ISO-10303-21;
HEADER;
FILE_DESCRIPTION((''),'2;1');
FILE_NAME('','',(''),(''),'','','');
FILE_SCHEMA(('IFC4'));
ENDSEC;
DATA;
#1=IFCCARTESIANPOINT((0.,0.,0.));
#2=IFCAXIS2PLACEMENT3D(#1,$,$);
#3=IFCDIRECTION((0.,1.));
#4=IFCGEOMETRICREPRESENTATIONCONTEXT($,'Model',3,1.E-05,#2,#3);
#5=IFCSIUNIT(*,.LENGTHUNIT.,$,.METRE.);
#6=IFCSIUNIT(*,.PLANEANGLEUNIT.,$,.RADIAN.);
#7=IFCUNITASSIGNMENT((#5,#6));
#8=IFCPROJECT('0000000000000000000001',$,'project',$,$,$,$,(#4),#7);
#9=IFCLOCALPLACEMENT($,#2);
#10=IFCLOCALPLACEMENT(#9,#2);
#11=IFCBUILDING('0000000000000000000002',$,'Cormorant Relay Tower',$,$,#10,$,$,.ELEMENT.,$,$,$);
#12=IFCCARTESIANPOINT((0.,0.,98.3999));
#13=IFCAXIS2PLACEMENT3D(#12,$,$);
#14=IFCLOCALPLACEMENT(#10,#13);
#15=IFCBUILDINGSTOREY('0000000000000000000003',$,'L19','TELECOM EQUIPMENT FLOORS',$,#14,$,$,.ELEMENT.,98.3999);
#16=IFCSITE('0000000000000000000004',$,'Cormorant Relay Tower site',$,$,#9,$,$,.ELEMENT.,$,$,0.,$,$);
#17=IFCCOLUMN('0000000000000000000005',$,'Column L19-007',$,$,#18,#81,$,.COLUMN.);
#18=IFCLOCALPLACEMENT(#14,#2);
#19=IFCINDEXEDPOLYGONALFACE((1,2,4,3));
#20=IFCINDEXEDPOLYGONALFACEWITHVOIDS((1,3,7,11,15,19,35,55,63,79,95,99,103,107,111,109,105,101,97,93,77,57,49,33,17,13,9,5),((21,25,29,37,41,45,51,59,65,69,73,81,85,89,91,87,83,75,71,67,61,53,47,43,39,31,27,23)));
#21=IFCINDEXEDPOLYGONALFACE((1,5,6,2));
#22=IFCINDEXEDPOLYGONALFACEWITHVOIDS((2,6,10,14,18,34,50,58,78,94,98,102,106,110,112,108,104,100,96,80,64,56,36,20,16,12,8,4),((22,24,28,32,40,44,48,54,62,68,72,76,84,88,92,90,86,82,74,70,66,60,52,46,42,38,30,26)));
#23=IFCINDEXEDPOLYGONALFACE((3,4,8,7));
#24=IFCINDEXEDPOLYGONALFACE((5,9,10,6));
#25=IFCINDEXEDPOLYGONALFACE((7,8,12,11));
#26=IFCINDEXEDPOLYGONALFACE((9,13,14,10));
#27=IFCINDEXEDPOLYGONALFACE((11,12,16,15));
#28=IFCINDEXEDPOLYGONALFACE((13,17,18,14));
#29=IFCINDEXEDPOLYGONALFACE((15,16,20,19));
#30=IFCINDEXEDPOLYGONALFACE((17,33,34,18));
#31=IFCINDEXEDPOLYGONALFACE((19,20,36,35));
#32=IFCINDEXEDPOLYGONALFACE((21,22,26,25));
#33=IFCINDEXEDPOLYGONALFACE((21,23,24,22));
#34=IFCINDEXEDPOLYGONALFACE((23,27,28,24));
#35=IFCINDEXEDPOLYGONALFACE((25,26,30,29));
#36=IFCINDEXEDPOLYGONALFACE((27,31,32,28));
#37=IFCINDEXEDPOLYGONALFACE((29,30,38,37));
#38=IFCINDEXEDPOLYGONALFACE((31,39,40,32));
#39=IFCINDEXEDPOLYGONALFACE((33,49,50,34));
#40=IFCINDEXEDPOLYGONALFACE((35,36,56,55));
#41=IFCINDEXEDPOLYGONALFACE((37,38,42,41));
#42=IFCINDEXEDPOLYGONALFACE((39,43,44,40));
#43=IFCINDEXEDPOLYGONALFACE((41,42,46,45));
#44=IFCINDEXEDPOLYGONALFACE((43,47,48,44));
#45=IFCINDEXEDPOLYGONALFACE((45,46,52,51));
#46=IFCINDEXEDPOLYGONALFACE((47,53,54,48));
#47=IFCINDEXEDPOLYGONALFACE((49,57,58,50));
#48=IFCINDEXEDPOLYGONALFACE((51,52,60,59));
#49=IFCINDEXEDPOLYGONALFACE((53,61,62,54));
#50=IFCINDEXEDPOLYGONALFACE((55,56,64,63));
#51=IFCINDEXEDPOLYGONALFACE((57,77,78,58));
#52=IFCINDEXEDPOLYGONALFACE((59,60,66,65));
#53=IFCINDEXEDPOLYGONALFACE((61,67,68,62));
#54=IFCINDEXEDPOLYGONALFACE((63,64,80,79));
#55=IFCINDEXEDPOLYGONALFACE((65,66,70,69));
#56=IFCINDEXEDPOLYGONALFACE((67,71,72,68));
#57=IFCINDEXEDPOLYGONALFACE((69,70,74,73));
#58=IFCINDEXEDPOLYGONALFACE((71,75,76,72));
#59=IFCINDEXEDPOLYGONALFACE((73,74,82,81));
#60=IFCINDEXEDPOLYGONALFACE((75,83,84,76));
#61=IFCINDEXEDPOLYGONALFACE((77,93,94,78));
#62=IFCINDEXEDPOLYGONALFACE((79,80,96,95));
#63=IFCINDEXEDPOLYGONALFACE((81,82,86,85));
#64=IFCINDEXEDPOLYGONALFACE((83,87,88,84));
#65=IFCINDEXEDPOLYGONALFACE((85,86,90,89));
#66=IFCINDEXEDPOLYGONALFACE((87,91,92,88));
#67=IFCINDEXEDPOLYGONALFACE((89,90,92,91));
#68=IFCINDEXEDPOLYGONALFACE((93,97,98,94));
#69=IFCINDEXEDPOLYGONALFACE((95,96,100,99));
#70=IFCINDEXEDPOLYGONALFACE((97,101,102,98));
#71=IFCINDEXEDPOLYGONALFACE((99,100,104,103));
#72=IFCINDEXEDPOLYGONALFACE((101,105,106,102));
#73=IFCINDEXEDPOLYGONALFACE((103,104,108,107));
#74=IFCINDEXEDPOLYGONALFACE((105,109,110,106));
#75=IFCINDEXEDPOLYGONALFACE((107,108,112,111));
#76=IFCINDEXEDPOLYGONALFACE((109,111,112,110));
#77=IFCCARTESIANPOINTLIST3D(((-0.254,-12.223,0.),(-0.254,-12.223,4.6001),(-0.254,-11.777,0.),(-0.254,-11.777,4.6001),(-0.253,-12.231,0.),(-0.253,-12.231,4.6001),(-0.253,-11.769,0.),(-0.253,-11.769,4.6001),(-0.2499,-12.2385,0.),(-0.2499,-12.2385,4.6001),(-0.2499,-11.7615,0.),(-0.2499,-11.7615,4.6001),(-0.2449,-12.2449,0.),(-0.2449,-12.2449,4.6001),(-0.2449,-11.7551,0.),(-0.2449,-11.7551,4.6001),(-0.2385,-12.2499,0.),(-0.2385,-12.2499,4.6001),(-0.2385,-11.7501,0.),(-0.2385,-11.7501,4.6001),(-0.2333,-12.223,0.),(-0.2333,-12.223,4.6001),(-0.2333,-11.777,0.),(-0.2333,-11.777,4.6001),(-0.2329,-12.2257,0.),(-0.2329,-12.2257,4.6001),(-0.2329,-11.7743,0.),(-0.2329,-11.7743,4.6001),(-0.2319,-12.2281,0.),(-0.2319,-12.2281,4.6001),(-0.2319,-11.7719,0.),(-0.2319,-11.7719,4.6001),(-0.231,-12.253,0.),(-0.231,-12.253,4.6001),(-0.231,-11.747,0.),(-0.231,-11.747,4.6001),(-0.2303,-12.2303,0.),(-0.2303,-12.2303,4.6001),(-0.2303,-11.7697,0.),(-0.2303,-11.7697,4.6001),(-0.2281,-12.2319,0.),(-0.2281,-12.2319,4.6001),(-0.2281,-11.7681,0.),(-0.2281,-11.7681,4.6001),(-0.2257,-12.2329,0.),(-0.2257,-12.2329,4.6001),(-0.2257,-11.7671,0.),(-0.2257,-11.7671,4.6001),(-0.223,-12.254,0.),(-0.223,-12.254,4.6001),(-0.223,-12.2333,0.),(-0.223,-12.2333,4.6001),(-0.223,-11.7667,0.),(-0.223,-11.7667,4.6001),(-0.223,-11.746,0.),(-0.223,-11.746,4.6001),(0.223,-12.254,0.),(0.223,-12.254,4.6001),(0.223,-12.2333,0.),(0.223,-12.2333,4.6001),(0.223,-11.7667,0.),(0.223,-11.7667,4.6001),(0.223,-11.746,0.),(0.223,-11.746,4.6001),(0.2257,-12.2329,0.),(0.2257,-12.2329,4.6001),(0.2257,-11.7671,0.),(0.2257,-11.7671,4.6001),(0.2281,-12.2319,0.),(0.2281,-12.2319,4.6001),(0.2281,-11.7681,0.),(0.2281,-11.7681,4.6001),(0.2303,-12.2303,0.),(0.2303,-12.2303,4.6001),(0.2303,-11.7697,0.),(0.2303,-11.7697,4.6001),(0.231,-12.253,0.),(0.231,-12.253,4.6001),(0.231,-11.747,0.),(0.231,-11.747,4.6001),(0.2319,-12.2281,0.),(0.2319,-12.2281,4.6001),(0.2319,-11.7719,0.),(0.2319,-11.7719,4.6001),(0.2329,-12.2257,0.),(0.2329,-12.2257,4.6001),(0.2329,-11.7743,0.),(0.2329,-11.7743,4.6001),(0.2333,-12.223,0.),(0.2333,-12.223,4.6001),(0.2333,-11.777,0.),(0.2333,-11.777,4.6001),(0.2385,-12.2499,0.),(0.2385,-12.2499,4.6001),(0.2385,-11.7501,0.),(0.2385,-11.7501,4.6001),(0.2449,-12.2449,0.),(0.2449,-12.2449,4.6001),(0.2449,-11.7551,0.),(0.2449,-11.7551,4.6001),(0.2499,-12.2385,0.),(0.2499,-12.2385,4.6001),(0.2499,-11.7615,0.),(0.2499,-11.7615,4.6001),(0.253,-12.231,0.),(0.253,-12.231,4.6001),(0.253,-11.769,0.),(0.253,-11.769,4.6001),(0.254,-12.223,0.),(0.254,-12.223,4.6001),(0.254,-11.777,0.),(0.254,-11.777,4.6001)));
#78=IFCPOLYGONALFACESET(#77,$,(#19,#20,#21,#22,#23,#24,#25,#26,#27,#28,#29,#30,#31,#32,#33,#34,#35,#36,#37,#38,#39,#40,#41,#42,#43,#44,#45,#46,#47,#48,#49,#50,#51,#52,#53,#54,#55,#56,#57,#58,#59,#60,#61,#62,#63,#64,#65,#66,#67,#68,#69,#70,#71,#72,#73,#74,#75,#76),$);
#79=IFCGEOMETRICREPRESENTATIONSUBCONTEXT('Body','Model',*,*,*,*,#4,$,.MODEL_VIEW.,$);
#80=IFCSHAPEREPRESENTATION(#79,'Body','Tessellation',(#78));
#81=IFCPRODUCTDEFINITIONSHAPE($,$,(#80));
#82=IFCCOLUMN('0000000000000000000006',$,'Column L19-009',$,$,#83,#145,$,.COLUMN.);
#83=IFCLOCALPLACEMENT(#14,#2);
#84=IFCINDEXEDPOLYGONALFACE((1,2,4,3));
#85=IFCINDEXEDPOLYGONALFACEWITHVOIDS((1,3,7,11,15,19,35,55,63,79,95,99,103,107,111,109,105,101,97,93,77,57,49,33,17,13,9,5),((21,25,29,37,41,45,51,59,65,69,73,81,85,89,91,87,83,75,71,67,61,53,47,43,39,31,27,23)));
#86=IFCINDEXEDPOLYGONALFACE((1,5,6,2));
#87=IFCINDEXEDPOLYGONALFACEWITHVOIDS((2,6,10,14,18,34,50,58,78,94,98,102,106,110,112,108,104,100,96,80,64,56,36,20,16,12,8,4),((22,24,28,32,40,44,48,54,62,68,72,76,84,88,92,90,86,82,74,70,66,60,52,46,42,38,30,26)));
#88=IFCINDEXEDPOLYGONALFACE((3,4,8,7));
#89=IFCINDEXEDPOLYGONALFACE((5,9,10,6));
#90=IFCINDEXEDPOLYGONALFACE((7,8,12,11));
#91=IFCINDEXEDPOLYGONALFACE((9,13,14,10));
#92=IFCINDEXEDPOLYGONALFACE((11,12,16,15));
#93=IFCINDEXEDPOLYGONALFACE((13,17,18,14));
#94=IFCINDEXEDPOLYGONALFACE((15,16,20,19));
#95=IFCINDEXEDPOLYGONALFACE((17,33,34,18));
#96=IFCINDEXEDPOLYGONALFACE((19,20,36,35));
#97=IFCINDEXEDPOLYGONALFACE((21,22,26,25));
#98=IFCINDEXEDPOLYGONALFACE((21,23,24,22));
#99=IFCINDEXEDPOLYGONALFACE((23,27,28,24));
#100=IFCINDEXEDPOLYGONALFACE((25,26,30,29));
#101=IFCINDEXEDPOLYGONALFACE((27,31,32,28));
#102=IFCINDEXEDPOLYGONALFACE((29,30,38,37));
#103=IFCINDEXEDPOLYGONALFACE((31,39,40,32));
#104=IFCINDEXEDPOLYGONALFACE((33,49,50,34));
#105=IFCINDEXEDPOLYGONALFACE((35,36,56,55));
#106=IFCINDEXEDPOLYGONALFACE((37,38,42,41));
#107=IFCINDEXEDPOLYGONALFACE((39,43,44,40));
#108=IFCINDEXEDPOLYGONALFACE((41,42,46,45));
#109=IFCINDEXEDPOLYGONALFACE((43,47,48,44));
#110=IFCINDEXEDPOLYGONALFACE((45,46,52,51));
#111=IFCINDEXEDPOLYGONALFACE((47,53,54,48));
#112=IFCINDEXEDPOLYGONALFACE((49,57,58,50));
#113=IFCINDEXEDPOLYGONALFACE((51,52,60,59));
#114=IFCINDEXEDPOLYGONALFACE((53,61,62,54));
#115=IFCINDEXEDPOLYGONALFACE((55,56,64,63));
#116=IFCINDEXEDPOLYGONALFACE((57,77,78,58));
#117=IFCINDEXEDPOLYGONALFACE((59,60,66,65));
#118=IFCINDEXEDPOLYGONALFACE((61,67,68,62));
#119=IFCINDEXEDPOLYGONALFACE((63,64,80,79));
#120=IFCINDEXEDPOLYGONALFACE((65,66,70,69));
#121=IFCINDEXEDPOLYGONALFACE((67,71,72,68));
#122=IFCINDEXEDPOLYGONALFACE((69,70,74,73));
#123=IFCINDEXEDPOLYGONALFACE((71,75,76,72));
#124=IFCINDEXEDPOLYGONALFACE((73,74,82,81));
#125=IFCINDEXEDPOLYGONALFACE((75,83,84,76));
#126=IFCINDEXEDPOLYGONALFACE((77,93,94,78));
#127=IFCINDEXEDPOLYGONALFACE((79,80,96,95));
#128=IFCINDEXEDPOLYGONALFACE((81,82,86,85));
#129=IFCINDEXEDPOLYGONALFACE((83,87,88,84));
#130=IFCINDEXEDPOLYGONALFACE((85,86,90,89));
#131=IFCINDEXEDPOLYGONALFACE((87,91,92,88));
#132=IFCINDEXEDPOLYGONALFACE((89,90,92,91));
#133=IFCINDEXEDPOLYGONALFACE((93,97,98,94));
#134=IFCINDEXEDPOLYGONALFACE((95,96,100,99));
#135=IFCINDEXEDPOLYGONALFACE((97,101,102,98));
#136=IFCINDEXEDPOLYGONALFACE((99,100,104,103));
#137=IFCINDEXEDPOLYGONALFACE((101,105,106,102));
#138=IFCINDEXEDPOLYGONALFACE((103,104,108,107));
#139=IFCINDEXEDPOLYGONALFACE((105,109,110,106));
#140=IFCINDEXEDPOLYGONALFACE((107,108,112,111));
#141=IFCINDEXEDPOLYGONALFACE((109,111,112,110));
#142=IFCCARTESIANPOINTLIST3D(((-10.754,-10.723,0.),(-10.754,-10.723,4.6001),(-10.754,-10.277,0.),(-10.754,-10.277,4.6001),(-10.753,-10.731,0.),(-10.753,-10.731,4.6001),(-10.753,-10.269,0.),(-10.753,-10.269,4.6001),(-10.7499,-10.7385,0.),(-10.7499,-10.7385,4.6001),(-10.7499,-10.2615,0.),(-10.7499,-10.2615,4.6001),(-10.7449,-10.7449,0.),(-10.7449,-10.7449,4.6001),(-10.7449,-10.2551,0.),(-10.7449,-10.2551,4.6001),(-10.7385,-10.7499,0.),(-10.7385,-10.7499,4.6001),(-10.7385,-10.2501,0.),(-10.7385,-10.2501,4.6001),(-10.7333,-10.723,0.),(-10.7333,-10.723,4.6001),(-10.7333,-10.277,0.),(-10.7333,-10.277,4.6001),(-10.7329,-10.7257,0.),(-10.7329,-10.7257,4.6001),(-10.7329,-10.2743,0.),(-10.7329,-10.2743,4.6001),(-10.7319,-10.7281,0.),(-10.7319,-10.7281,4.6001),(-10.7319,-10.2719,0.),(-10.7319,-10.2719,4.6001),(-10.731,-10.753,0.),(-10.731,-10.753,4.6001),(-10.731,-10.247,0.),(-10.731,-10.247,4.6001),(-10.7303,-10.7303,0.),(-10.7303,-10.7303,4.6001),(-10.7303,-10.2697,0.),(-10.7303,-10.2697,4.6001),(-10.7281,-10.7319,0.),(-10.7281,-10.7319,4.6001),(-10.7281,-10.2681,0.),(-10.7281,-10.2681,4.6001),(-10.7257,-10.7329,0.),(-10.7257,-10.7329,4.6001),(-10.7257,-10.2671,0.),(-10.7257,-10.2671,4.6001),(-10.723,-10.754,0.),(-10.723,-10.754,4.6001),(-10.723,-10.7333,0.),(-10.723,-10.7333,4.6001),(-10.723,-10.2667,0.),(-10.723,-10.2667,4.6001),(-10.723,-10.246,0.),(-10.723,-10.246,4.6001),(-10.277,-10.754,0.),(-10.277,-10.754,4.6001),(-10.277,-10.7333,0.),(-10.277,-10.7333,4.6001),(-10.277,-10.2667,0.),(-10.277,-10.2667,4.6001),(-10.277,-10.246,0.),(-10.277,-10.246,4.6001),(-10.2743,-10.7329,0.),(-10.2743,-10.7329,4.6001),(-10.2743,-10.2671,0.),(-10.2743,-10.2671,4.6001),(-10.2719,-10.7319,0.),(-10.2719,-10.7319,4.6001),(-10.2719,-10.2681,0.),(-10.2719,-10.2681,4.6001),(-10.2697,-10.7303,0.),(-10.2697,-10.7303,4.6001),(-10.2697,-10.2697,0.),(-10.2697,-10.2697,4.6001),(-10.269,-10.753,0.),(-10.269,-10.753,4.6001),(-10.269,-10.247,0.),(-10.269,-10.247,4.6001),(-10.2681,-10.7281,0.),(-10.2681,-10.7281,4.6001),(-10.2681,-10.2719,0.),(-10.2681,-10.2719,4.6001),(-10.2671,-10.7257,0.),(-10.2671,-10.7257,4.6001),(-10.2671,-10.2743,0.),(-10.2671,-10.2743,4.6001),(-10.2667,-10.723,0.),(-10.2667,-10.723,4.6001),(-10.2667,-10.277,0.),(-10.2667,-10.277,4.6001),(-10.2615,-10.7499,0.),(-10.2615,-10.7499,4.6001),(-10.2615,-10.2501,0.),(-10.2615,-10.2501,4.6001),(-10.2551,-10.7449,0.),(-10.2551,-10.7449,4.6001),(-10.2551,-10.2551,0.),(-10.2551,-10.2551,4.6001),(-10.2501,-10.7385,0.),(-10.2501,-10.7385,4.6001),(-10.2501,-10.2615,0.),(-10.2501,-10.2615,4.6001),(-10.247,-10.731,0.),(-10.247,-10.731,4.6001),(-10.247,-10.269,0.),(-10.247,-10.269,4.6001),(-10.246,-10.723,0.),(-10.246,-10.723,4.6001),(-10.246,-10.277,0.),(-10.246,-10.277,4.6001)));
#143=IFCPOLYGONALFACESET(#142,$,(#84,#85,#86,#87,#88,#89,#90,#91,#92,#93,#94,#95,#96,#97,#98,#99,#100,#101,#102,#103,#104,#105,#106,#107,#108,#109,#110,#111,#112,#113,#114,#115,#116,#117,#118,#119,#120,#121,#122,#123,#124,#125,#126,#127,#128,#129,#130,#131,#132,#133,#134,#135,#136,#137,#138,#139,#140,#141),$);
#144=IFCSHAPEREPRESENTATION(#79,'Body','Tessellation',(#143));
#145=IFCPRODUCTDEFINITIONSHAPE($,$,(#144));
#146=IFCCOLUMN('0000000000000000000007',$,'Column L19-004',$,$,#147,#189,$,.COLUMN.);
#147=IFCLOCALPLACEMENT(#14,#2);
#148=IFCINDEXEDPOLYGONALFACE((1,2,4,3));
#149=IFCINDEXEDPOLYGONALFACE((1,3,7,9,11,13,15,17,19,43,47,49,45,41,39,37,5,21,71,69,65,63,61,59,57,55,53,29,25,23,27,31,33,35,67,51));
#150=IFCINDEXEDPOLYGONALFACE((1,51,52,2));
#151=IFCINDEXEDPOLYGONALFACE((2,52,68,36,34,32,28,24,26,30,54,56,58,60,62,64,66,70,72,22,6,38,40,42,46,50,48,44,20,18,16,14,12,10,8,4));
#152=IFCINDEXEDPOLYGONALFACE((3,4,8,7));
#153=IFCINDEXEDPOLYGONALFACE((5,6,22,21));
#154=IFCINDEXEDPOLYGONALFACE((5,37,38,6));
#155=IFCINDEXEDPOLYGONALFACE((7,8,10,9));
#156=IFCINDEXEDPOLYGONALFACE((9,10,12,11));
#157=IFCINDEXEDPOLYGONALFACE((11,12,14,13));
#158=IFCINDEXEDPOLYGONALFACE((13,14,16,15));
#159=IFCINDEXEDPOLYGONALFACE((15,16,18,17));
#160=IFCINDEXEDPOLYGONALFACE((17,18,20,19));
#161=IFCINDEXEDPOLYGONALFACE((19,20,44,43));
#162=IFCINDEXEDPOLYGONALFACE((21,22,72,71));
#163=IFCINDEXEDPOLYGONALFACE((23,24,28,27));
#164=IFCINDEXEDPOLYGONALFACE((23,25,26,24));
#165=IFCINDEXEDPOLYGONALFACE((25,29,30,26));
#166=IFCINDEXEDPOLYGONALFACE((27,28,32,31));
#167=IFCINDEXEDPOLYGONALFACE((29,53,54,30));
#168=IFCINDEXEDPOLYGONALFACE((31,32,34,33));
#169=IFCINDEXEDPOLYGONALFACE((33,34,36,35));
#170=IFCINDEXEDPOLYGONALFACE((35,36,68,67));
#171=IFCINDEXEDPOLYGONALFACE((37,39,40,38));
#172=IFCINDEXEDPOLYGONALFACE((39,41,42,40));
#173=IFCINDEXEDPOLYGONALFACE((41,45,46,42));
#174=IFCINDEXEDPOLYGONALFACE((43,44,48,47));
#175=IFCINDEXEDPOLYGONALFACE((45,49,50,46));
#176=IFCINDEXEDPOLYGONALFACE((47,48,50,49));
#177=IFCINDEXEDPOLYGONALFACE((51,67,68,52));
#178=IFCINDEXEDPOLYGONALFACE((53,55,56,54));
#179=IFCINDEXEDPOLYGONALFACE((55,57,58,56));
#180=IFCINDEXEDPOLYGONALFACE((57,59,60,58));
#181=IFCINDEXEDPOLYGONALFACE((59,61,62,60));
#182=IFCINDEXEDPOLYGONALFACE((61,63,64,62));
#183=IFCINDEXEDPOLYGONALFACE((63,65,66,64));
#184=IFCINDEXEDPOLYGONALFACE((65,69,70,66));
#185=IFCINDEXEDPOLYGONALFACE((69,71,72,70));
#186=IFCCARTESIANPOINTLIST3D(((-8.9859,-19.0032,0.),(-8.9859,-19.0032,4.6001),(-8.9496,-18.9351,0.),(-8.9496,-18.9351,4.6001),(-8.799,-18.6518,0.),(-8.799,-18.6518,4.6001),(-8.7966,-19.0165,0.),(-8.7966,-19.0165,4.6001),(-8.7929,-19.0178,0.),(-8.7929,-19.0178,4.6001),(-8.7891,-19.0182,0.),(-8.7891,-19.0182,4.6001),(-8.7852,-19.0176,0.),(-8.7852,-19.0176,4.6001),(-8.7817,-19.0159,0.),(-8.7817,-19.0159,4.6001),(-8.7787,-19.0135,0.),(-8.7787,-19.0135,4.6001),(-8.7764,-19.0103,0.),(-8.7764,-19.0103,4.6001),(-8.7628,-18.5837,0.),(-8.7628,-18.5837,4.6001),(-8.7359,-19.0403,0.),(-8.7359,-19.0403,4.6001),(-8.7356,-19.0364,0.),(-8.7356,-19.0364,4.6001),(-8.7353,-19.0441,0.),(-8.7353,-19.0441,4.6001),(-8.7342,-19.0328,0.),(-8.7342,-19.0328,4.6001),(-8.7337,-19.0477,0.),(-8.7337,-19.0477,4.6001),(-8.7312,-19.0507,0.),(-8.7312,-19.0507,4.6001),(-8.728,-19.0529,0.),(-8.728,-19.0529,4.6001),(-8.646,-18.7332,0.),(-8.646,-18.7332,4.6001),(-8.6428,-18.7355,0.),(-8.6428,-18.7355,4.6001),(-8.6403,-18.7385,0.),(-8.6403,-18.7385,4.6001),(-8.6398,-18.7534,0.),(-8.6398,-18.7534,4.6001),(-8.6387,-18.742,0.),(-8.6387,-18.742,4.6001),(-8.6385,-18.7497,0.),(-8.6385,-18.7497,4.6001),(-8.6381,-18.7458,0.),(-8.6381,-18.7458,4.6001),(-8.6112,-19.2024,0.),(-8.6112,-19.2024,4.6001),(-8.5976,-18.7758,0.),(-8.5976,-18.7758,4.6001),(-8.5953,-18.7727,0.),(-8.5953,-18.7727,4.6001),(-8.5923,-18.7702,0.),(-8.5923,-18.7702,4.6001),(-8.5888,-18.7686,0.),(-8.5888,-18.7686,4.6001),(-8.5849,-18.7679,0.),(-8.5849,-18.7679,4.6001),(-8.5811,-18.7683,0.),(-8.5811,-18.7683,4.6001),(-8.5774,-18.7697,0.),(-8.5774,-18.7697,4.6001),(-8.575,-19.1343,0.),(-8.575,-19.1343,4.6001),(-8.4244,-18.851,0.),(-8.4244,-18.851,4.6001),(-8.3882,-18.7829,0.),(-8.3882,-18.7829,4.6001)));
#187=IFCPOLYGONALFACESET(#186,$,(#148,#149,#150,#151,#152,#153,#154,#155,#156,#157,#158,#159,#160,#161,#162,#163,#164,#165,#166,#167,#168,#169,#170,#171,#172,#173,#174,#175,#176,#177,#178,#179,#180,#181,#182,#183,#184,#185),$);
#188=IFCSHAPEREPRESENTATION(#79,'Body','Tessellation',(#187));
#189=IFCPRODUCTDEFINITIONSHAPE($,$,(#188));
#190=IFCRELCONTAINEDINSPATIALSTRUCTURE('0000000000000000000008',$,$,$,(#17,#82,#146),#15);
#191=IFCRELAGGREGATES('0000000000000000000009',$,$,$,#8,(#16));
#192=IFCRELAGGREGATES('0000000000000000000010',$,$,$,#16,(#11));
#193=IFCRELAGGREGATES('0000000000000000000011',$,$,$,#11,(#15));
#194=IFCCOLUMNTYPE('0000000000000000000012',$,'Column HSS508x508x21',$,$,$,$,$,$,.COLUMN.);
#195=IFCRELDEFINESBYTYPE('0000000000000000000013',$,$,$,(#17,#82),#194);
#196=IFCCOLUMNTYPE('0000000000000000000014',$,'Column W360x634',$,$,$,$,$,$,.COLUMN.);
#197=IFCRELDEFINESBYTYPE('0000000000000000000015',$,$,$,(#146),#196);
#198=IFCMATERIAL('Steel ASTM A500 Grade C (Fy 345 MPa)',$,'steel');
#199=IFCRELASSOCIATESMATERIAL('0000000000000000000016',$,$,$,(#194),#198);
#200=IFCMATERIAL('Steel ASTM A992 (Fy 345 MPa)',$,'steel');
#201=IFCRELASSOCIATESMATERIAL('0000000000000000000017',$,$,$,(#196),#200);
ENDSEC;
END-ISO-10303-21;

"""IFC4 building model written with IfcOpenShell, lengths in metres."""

from ifc_helpers import new_model, si_unit, direction, frame, origin, origin_2d, place, context, subcontext, project, spatial, hollow_rectangle, i_section, extrude, material, material_profile, profile_set, type_object, element, save


model = new_model("IFC4")

# Units and contexts
model_context = context("Model", 3, precision=1e-05, world=origin(), true_north=direction((0.0, 1.0)))
body_context = subcontext(model_context, "Body", "Model", "MODEL_VIEW")
ifc_project = project(units=[si_unit("LENGTHUNIT", "METRE"), si_unit("PLANEANGLEUNIT", "RADIAN")], contexts=[model_context])

# Site, building, storey
site_placement = place(None, origin())
site = spatial("IfcSite", under=ifc_project, at=site_placement, Name="Cormorant Relay Tower site", CompositionType="ELEMENT", RefElevation=0.0)
building_placement = place(site_placement, origin())
building = spatial("IfcBuilding", under=site, at=building_placement, Name="Cormorant Relay Tower", CompositionType="ELEMENT")
storey_placement = place(building_placement, frame((0.0, 0.0, 98.3999)))
storey = spatial("IfcBuildingStorey", under=building, at=storey_placement, Name="L19", Description="TELECOM EQUIPMENT FLOORS", CompositionType="ELEMENT", Elevation=98.3999)

# Columns
ifc_material_1 = material(Name="Steel ASTM A500 Grade C (Fy 345 MPa)", Category="steel")
ifc_material_profile_1 = material_profile(ifc_material_1, hollow_rectangle(XDim=0.5081, YDim=0.5081, WallThickness=0.0208, InnerFilletRadius=0.0103, OuterFilletRadius=0.031, at=origin_2d()), Name="HSS508x508x21")
ifc_profile_set_1 = profile_set([ifc_material_profile_1], Name="Steel ASTM A500 Grade C (Fy 345 MPa)")
column_type_1 = type_object("IfcColumnType", Name="Column HSS508x508x21", PredefinedType="COLUMN", material=ifc_profile_set_1)
for number, where, z_axis, x_axis, name in (
    (1, (0.0, -12.0, 0.0), (0.0, 0.0, 1.0), (1.0, 0.0, 0.0), "Column L19-007"),
    (2, (-10.5, -10.5, 0.0), (0.0, 0.0, 1.0), (1.0, 0.0, 0.0), "Column L19-009"),
):
    element("IfcColumn", number, at=place(storey_placement, frame(where, z_axis=z_axis, x_axis=x_axis)), inside=storey, type_object=column_type_1, Name=name, PredefinedType="COLUMN", context=body_context, shape_type="SweptSolid", body=[
        extrude(hollow_rectangle(XDim=0.5081, YDim=0.5081, WallThickness=0.0208, InnerFilletRadius=0.0103, OuterFilletRadius=0.031, at=origin_2d()), origin(), (0.0, 0.0, 1.0), 4.6001),
    ])
ifc_material_2 = material(Name="Steel ASTM A992 (Fy 345 MPa)", Category="steel")
ifc_material_profile_2 = material_profile(ifc_material_2, i_section(OverallWidth=0.4243, OverallDepth=0.4751, WebThickness=0.0479, FlangeThickness=0.0771, FilletRadius=0.0149, at=origin_2d()), Name="W360x634")
ifc_profile_set_2 = profile_set([ifc_material_profile_2], Name="Steel ASTM A992 (Fy 345 MPa)")
column_type_2 = type_object("IfcColumnType", Name="Column W360x634", PredefinedType="COLUMN", material=ifc_profile_set_2)
for number, where, z_axis, x_axis, name in (
    (3, (-8.687, -18.8931, 0.0), (0.0, 0.0, 1.0), (0.882948, -0.469472, 0.0), "Column L19-004"),
):
    element("IfcColumn", number, at=place(storey_placement, frame(where, z_axis=z_axis, x_axis=x_axis)), inside=storey, type_object=column_type_2, Name=name, PredefinedType="COLUMN", context=body_context, shape_type="SweptSolid", body=[
        extrude(i_section(OverallWidth=0.4243, OverallDepth=0.4751, WebThickness=0.0479, FlangeThickness=0.0771, FilletRadius=0.0149, at=origin_2d()), origin(), (0.0, 0.0, 1.0), 4.6001),
    ])

save(model, "model.ifc")
